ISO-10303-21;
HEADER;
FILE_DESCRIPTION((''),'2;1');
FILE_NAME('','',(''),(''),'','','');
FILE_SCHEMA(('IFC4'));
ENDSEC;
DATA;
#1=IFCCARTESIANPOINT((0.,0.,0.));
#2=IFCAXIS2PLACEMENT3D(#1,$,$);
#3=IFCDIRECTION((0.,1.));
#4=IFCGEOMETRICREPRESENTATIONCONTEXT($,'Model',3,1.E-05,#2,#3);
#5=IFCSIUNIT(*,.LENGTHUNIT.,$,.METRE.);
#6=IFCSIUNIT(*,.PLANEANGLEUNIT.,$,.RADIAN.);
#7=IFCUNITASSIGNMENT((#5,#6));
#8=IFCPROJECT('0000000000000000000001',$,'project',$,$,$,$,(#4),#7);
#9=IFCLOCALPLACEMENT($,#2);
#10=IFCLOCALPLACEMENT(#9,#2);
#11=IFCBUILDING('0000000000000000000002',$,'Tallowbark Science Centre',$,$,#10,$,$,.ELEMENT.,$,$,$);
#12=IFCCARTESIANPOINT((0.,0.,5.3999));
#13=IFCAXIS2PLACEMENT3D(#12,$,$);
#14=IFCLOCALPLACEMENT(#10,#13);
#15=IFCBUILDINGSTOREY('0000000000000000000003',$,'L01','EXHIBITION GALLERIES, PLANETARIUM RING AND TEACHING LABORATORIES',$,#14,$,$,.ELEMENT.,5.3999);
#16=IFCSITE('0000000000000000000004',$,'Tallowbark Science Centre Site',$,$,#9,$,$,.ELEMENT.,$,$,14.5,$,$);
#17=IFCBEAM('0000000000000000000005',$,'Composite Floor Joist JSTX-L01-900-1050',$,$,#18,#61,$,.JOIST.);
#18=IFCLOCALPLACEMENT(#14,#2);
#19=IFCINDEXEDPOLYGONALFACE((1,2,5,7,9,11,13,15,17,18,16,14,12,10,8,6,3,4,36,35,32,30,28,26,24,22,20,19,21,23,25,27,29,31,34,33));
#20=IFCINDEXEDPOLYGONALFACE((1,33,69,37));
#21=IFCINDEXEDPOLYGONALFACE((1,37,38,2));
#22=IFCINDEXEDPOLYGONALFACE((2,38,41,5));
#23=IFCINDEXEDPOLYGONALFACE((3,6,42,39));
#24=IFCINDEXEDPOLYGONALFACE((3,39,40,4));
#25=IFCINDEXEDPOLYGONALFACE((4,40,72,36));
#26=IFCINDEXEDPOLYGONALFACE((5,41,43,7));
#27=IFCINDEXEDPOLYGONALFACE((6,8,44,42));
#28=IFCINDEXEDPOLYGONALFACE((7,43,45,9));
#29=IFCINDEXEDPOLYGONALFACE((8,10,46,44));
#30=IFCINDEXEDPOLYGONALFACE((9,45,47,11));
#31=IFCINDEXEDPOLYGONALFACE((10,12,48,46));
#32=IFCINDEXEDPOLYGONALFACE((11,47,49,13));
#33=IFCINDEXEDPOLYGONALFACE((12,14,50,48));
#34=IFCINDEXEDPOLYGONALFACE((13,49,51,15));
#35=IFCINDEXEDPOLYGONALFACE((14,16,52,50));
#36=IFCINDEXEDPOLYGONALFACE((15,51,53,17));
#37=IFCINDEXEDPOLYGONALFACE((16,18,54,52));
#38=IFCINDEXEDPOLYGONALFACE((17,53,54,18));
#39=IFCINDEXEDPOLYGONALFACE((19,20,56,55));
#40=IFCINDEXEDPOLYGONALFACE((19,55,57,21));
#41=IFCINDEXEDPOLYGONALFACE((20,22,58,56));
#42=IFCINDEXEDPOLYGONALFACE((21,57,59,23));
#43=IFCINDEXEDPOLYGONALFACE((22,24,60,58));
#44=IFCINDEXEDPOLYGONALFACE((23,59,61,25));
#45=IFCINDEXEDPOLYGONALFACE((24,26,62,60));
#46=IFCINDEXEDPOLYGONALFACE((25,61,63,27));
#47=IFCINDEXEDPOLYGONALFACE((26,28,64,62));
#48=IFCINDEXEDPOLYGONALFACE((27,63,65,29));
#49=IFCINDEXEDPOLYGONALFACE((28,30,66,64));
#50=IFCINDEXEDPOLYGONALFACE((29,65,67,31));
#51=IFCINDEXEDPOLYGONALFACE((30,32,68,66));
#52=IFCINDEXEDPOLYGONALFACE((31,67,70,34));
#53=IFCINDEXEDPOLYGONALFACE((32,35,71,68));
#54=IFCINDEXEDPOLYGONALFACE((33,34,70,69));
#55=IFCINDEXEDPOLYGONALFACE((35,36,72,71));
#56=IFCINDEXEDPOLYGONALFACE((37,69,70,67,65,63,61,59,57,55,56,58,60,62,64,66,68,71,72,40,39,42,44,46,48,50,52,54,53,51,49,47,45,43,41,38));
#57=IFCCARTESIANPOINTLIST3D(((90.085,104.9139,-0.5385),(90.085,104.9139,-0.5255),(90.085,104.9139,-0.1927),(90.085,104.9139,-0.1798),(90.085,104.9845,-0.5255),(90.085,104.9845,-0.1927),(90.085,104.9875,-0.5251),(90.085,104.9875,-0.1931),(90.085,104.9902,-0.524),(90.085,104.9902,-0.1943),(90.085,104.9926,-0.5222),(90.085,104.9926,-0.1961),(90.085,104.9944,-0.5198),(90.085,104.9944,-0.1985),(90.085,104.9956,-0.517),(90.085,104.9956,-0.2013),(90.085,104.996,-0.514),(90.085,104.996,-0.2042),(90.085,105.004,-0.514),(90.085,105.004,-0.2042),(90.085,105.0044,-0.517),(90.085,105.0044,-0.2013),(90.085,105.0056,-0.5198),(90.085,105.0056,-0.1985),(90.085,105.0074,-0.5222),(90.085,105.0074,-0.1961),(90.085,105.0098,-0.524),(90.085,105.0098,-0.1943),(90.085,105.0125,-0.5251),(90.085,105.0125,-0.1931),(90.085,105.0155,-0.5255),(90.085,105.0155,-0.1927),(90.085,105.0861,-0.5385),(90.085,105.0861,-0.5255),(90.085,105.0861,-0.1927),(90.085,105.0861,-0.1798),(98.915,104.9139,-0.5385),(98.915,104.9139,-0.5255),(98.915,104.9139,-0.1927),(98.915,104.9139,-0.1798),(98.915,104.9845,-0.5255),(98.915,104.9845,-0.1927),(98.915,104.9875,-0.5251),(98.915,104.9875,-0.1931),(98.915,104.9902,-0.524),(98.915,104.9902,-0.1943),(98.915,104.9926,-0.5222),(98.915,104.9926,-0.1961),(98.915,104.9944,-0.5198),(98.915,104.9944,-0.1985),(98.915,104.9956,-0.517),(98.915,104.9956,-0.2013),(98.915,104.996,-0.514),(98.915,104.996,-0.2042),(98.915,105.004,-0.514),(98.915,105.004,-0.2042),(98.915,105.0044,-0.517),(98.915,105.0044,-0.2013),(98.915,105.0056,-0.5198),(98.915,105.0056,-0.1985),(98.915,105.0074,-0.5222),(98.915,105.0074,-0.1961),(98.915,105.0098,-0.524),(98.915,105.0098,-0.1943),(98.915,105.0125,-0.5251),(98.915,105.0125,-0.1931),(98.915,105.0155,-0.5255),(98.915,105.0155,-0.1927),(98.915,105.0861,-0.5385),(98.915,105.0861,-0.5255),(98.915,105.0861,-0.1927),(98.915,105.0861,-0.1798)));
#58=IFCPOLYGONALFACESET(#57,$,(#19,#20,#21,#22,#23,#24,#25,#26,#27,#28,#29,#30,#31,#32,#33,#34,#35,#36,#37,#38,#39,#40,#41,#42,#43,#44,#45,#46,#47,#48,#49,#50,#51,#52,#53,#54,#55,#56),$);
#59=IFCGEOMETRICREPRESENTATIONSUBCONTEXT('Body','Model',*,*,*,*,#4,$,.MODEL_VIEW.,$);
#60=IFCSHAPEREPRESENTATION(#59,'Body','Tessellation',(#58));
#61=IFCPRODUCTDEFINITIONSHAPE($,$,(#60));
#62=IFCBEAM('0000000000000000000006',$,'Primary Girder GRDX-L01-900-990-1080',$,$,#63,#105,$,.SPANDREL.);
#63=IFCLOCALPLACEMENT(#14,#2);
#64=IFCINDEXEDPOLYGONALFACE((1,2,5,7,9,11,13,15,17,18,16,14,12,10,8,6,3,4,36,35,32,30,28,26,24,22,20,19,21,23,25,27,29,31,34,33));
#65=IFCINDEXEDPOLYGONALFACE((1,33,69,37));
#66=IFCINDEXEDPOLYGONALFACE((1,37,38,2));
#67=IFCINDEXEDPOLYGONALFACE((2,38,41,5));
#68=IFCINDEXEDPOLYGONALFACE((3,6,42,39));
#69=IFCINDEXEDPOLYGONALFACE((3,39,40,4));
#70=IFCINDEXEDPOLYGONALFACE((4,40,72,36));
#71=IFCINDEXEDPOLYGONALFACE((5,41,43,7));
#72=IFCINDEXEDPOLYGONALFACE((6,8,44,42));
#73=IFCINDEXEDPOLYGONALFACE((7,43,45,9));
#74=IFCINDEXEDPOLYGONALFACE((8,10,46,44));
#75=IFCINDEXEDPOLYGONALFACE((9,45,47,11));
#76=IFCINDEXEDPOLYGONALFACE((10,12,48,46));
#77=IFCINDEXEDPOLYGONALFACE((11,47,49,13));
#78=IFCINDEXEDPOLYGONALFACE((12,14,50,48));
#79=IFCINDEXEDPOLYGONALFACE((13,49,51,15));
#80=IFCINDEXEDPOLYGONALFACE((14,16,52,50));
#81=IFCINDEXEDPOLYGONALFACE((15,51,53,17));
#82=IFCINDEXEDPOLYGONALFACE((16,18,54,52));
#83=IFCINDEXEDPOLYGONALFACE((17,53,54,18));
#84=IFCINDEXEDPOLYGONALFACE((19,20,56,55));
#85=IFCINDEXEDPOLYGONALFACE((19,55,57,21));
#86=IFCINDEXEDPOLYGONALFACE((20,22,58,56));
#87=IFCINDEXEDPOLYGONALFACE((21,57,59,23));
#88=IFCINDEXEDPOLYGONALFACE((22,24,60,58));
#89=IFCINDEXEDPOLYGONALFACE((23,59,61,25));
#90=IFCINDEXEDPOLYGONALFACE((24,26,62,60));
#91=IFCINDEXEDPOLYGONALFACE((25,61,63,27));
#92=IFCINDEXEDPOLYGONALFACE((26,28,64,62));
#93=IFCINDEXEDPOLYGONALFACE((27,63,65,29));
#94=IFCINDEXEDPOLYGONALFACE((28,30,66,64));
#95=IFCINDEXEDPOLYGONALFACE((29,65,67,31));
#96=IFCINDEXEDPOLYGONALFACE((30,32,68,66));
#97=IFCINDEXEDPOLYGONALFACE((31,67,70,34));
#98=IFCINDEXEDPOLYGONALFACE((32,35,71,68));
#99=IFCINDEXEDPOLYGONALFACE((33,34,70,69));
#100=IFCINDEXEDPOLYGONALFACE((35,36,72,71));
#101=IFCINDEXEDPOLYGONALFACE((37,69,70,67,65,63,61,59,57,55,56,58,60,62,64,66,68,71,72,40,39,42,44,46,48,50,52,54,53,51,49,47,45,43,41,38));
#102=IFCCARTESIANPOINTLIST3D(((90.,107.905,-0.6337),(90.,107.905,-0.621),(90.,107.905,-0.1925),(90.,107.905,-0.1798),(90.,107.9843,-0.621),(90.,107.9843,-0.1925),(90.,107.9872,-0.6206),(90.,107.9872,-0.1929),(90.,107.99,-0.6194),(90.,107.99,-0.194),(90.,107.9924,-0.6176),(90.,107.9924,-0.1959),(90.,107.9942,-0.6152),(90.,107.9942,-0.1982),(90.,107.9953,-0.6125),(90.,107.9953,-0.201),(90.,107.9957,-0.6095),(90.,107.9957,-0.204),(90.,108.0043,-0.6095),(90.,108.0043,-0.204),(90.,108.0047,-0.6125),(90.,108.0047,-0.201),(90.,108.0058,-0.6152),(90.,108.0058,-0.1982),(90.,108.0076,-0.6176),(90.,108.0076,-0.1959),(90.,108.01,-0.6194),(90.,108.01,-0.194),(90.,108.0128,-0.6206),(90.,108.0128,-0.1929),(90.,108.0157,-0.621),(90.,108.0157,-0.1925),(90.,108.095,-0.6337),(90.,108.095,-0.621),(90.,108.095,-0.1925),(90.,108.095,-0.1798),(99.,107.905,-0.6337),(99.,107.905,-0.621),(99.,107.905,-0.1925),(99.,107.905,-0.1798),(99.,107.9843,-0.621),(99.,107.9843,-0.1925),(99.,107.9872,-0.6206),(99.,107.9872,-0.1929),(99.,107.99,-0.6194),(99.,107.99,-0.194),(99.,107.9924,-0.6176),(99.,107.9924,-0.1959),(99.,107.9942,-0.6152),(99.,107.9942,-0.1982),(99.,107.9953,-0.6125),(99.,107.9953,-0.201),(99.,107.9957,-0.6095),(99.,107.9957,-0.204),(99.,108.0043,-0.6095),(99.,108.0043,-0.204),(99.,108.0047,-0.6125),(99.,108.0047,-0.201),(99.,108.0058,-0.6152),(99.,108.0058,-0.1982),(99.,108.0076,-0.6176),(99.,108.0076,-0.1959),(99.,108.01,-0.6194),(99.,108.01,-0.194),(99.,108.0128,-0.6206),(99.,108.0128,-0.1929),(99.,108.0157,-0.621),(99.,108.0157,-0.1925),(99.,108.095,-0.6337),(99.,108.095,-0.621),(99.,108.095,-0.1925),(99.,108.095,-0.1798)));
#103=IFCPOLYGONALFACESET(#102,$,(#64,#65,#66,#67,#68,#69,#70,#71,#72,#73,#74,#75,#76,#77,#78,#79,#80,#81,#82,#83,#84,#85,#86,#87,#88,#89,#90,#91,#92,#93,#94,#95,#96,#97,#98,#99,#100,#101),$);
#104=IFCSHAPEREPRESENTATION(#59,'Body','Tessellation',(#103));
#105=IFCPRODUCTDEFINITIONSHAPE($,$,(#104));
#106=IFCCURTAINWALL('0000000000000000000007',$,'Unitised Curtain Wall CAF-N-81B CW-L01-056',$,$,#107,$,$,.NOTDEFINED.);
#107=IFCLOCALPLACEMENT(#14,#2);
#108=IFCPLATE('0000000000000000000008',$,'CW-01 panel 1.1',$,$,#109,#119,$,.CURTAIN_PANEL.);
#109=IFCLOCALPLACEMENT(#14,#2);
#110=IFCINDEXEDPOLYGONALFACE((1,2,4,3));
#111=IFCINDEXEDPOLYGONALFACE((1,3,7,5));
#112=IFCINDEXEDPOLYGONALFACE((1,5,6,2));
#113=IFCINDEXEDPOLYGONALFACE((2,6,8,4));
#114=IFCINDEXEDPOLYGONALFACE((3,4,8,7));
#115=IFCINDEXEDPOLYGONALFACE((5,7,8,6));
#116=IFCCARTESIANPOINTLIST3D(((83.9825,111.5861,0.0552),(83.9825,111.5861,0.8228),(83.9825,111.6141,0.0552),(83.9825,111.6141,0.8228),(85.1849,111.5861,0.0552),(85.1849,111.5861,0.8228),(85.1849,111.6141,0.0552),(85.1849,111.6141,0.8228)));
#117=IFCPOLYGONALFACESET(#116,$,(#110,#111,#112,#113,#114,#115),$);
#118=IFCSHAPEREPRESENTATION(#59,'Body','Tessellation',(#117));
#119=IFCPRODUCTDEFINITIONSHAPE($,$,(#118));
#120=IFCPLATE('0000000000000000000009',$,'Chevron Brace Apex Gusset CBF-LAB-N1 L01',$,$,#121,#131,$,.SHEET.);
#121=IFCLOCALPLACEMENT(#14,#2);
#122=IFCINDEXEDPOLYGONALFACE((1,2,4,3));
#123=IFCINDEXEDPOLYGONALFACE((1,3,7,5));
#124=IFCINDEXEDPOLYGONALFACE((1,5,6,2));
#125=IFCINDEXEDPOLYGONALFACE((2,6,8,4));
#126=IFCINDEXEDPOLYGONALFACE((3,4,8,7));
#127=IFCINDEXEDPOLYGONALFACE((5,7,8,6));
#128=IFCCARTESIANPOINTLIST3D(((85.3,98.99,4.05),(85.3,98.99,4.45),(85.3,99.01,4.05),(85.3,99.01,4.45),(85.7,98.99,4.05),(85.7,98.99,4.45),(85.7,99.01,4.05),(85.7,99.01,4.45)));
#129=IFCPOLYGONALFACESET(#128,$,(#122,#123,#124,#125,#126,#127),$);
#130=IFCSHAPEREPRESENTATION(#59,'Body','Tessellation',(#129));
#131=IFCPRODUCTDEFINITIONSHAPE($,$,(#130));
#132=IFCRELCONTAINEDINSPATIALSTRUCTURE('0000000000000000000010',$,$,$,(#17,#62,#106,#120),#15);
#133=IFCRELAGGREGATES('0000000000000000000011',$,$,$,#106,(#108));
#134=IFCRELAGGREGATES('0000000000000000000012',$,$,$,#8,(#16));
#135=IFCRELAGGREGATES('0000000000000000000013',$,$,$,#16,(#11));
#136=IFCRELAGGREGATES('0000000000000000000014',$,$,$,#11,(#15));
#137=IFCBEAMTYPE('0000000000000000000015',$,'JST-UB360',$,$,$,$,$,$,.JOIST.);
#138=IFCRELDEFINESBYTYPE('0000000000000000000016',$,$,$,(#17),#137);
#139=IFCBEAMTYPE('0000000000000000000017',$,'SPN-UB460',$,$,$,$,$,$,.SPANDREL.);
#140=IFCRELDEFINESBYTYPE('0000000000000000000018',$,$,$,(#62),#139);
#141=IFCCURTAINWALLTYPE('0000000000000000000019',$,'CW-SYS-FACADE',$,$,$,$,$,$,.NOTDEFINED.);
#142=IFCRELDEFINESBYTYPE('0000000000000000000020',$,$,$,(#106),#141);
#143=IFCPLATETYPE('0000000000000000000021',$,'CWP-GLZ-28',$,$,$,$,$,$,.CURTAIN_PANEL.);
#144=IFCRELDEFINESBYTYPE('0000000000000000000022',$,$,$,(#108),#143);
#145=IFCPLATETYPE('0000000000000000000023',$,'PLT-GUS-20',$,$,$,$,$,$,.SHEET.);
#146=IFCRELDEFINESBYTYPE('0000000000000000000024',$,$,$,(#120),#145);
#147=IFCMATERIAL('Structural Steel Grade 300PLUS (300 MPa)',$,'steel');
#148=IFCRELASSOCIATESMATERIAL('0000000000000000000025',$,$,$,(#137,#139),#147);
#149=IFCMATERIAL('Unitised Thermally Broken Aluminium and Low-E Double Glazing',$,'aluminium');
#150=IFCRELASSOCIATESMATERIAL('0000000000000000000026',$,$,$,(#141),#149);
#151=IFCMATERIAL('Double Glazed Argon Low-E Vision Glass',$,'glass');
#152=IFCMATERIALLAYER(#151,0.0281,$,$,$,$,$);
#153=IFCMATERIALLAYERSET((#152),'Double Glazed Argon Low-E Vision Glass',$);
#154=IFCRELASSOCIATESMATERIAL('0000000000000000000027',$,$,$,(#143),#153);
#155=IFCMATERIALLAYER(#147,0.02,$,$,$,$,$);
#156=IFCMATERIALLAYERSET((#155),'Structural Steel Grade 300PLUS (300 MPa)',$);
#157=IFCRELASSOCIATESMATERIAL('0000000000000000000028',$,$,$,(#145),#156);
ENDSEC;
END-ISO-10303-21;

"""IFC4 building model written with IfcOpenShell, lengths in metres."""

from ifc_helpers import new_model, si_unit, direction, frame, origin, origin_2d, place, context, subcontext, project, spatial, rectangle, i_section, extrude, material, layer, layer_set, material_profile, profile_set, type_object, element, aggregate, save


model = new_model("IFC4")

# Units and contexts
model_context = context("Model", 3, precision=1e-05, world=origin(), true_north=direction((0.0, 1.0)))
body_context = subcontext(model_context, "Body", "Model", "MODEL_VIEW")
ifc_project = project(units=[si_unit("LENGTHUNIT", "METRE"), si_unit("PLANEANGLEUNIT", "RADIAN")], contexts=[model_context])

# Site, building, storey
site_placement = place(None, origin())
site = spatial("IfcSite", under=ifc_project, at=site_placement, Name="Tallowbark Science Centre Site", CompositionType="ELEMENT", RefElevation=14.5)
building_placement = place(site_placement, origin())
building = spatial("IfcBuilding", under=site, at=building_placement, Name="Tallowbark Science Centre", CompositionType="ELEMENT")
storey_placement = place(building_placement, frame((0.0, 0.0, 5.3999)))
storey = spatial("IfcBuildingStorey", under=building, at=storey_placement, Name="L01", Description="EXHIBITION GALLERIES, PLANETARIUM RING AND TEACHING LABORATORIES", CompositionType="ELEMENT", Elevation=5.3999)

# Shared definitions
ifc_material_1 = material(Name="Structural Steel Grade 300PLUS (300 MPa)", Category="steel")

# Beams
ifc_material_profile_1 = material_profile(ifc_material_1, i_section(OverallWidth=0.1721, OverallDepth=0.3586, WebThickness=0.0081, FlangeThickness=0.0129, FilletRadius=0.0115, at=origin_2d()), Name="360UB56.7")
ifc_profile_set_1 = profile_set([ifc_material_profile_1], Name="Structural Steel Grade 300PLUS (300 MPa)")
beam_type_1 = type_object("IfcBeamType", Name="JST-UB360", PredefinedType="JOIST", material=ifc_profile_set_1)
for number, where, z_axis, x_axis, name in (
    (1, (90.085, 105.0, -0.3591), (1.0, 0.0, 0.0), (0.0, 1.0, 0.0), "Composite Floor Joist JSTX-L01-900-1050"),
):
    element("IfcBeam", number, at=place(storey_placement, frame(where, z_axis=z_axis, x_axis=x_axis)), inside=storey, type_object=beam_type_1, Name=name, PredefinedType="JOIST", context=body_context, shape_type="SweptSolid", body=[
        extrude(i_section(OverallWidth=0.1721, OverallDepth=0.3586, WebThickness=0.0081, FlangeThickness=0.0129, FilletRadius=0.0115, at=origin_2d()), origin(), (0.0, 0.0, 1.0), 8.8301),
    ])
ifc_material_profile_2 = material_profile(ifc_material_1, i_section(OverallWidth=0.1899, OverallDepth=0.4539, WebThickness=0.0085, FlangeThickness=0.0127, FilletRadius=0.0115, at=origin_2d()), Name="460UB67.1")
ifc_profile_set_2 = profile_set([ifc_material_profile_2], Name="Structural Steel Grade 300PLUS (300 MPa)")
beam_type_2 = type_object("IfcBeamType", Name="SPN-UB460", PredefinedType="SPANDREL", material=ifc_profile_set_2)
beam_placement = place(storey_placement, frame((90.0, 108.0, -0.4067), z_axis=(1.0, 0.0, 0.0), x_axis=(0.0, 1.0, 0.0)))
element("IfcBeam", 2, at=beam_placement, inside=storey, type_object=beam_type_2, Name="Primary Girder GRDX-L01-900-990-1080", PredefinedType="SPANDREL", context=body_context, shape_type="SweptSolid", body=[
    extrude(i_section(OverallWidth=0.1899, OverallDepth=0.4539, WebThickness=0.0085, FlangeThickness=0.0127, FilletRadius=0.0115, at=origin_2d()), origin(), (0.0, 0.0, 1.0), 9.0),
])

# Curtain wall, plate
ifc_material_2 = material(Name="Unitised Thermally Broken Aluminium and Low-E Double Glazing", Category="aluminium")
curtain_wall_type = type_object("IfcCurtainWallType", Name="CW-SYS-FACADE", PredefinedType="NOTDEFINED", material=ifc_material_2)
curtain_wall_placement = place(storey_placement, origin())
curtain_wall = element("IfcCurtainWall", 3, at=curtain_wall_placement, inside=storey, type_object=curtain_wall_type, Name="Unitised Curtain Wall CAF-N-81B CW-L01-056", PredefinedType="NOTDEFINED")
ifc_material_3 = material(Name="Double Glazed Argon Low-E Vision Glass", Category="glass")
ifc_layer_1 = layer(ifc_material_3, 0.0281)
ifc_layer_set_1 = layer_set([ifc_layer_1], Name="Double Glazed Argon Low-E Vision Glass")
plate_type_1 = type_object("IfcPlateType", Name="CWP-GLZ-28", PredefinedType="CURTAIN_PANEL", material=ifc_layer_set_1)
plate_1_placement = place(storey_placement, frame((84.5837, 111.6001, 0.0552), z_axis=(0.0, 0.0, 1.0), x_axis=(-1.0, 0.0, 0.0)))
plate_1 = element("IfcPlate", 4, at=plate_1_placement, type_object=plate_type_1, Name="CW-01 panel 1.1", PredefinedType="CURTAIN_PANEL", context=body_context, shape_type="SweptSolid", body=[
    extrude(rectangle(XDim=1.2024, YDim=0.0281, at=origin_2d()), origin(), (0.0, 0.0, 1.0), 0.7676),
])
aggregate(curtain_wall, [plate_1])

# Plate
ifc_layer_2 = layer(ifc_material_1, 0.02)
ifc_layer_set_2 = layer_set([ifc_layer_2], Name="Structural Steel Grade 300PLUS (300 MPa)")
plate_type_2 = type_object("IfcPlateType", Name="PLT-GUS-20", PredefinedType="SHEET", material=ifc_layer_set_2)
plate_2_placement = place(storey_placement, frame((85.5, 99.0, 4.05), z_axis=(0.0, 0.0, 1.0), x_axis=(1.0, 0.0, 0.0)))
element("IfcPlate", 5, at=plate_2_placement, inside=storey, type_object=plate_type_2, Name="Chevron Brace Apex Gusset CBF-LAB-N1 L01", PredefinedType="SHEET", context=body_context, shape_type="SweptSolid", body=[
    extrude(rectangle(XDim=0.3999, YDim=0.02, at=origin_2d()), origin(), (0.0, 0.0, 1.0), 0.3999),
])

save(model, "model.ifc")
